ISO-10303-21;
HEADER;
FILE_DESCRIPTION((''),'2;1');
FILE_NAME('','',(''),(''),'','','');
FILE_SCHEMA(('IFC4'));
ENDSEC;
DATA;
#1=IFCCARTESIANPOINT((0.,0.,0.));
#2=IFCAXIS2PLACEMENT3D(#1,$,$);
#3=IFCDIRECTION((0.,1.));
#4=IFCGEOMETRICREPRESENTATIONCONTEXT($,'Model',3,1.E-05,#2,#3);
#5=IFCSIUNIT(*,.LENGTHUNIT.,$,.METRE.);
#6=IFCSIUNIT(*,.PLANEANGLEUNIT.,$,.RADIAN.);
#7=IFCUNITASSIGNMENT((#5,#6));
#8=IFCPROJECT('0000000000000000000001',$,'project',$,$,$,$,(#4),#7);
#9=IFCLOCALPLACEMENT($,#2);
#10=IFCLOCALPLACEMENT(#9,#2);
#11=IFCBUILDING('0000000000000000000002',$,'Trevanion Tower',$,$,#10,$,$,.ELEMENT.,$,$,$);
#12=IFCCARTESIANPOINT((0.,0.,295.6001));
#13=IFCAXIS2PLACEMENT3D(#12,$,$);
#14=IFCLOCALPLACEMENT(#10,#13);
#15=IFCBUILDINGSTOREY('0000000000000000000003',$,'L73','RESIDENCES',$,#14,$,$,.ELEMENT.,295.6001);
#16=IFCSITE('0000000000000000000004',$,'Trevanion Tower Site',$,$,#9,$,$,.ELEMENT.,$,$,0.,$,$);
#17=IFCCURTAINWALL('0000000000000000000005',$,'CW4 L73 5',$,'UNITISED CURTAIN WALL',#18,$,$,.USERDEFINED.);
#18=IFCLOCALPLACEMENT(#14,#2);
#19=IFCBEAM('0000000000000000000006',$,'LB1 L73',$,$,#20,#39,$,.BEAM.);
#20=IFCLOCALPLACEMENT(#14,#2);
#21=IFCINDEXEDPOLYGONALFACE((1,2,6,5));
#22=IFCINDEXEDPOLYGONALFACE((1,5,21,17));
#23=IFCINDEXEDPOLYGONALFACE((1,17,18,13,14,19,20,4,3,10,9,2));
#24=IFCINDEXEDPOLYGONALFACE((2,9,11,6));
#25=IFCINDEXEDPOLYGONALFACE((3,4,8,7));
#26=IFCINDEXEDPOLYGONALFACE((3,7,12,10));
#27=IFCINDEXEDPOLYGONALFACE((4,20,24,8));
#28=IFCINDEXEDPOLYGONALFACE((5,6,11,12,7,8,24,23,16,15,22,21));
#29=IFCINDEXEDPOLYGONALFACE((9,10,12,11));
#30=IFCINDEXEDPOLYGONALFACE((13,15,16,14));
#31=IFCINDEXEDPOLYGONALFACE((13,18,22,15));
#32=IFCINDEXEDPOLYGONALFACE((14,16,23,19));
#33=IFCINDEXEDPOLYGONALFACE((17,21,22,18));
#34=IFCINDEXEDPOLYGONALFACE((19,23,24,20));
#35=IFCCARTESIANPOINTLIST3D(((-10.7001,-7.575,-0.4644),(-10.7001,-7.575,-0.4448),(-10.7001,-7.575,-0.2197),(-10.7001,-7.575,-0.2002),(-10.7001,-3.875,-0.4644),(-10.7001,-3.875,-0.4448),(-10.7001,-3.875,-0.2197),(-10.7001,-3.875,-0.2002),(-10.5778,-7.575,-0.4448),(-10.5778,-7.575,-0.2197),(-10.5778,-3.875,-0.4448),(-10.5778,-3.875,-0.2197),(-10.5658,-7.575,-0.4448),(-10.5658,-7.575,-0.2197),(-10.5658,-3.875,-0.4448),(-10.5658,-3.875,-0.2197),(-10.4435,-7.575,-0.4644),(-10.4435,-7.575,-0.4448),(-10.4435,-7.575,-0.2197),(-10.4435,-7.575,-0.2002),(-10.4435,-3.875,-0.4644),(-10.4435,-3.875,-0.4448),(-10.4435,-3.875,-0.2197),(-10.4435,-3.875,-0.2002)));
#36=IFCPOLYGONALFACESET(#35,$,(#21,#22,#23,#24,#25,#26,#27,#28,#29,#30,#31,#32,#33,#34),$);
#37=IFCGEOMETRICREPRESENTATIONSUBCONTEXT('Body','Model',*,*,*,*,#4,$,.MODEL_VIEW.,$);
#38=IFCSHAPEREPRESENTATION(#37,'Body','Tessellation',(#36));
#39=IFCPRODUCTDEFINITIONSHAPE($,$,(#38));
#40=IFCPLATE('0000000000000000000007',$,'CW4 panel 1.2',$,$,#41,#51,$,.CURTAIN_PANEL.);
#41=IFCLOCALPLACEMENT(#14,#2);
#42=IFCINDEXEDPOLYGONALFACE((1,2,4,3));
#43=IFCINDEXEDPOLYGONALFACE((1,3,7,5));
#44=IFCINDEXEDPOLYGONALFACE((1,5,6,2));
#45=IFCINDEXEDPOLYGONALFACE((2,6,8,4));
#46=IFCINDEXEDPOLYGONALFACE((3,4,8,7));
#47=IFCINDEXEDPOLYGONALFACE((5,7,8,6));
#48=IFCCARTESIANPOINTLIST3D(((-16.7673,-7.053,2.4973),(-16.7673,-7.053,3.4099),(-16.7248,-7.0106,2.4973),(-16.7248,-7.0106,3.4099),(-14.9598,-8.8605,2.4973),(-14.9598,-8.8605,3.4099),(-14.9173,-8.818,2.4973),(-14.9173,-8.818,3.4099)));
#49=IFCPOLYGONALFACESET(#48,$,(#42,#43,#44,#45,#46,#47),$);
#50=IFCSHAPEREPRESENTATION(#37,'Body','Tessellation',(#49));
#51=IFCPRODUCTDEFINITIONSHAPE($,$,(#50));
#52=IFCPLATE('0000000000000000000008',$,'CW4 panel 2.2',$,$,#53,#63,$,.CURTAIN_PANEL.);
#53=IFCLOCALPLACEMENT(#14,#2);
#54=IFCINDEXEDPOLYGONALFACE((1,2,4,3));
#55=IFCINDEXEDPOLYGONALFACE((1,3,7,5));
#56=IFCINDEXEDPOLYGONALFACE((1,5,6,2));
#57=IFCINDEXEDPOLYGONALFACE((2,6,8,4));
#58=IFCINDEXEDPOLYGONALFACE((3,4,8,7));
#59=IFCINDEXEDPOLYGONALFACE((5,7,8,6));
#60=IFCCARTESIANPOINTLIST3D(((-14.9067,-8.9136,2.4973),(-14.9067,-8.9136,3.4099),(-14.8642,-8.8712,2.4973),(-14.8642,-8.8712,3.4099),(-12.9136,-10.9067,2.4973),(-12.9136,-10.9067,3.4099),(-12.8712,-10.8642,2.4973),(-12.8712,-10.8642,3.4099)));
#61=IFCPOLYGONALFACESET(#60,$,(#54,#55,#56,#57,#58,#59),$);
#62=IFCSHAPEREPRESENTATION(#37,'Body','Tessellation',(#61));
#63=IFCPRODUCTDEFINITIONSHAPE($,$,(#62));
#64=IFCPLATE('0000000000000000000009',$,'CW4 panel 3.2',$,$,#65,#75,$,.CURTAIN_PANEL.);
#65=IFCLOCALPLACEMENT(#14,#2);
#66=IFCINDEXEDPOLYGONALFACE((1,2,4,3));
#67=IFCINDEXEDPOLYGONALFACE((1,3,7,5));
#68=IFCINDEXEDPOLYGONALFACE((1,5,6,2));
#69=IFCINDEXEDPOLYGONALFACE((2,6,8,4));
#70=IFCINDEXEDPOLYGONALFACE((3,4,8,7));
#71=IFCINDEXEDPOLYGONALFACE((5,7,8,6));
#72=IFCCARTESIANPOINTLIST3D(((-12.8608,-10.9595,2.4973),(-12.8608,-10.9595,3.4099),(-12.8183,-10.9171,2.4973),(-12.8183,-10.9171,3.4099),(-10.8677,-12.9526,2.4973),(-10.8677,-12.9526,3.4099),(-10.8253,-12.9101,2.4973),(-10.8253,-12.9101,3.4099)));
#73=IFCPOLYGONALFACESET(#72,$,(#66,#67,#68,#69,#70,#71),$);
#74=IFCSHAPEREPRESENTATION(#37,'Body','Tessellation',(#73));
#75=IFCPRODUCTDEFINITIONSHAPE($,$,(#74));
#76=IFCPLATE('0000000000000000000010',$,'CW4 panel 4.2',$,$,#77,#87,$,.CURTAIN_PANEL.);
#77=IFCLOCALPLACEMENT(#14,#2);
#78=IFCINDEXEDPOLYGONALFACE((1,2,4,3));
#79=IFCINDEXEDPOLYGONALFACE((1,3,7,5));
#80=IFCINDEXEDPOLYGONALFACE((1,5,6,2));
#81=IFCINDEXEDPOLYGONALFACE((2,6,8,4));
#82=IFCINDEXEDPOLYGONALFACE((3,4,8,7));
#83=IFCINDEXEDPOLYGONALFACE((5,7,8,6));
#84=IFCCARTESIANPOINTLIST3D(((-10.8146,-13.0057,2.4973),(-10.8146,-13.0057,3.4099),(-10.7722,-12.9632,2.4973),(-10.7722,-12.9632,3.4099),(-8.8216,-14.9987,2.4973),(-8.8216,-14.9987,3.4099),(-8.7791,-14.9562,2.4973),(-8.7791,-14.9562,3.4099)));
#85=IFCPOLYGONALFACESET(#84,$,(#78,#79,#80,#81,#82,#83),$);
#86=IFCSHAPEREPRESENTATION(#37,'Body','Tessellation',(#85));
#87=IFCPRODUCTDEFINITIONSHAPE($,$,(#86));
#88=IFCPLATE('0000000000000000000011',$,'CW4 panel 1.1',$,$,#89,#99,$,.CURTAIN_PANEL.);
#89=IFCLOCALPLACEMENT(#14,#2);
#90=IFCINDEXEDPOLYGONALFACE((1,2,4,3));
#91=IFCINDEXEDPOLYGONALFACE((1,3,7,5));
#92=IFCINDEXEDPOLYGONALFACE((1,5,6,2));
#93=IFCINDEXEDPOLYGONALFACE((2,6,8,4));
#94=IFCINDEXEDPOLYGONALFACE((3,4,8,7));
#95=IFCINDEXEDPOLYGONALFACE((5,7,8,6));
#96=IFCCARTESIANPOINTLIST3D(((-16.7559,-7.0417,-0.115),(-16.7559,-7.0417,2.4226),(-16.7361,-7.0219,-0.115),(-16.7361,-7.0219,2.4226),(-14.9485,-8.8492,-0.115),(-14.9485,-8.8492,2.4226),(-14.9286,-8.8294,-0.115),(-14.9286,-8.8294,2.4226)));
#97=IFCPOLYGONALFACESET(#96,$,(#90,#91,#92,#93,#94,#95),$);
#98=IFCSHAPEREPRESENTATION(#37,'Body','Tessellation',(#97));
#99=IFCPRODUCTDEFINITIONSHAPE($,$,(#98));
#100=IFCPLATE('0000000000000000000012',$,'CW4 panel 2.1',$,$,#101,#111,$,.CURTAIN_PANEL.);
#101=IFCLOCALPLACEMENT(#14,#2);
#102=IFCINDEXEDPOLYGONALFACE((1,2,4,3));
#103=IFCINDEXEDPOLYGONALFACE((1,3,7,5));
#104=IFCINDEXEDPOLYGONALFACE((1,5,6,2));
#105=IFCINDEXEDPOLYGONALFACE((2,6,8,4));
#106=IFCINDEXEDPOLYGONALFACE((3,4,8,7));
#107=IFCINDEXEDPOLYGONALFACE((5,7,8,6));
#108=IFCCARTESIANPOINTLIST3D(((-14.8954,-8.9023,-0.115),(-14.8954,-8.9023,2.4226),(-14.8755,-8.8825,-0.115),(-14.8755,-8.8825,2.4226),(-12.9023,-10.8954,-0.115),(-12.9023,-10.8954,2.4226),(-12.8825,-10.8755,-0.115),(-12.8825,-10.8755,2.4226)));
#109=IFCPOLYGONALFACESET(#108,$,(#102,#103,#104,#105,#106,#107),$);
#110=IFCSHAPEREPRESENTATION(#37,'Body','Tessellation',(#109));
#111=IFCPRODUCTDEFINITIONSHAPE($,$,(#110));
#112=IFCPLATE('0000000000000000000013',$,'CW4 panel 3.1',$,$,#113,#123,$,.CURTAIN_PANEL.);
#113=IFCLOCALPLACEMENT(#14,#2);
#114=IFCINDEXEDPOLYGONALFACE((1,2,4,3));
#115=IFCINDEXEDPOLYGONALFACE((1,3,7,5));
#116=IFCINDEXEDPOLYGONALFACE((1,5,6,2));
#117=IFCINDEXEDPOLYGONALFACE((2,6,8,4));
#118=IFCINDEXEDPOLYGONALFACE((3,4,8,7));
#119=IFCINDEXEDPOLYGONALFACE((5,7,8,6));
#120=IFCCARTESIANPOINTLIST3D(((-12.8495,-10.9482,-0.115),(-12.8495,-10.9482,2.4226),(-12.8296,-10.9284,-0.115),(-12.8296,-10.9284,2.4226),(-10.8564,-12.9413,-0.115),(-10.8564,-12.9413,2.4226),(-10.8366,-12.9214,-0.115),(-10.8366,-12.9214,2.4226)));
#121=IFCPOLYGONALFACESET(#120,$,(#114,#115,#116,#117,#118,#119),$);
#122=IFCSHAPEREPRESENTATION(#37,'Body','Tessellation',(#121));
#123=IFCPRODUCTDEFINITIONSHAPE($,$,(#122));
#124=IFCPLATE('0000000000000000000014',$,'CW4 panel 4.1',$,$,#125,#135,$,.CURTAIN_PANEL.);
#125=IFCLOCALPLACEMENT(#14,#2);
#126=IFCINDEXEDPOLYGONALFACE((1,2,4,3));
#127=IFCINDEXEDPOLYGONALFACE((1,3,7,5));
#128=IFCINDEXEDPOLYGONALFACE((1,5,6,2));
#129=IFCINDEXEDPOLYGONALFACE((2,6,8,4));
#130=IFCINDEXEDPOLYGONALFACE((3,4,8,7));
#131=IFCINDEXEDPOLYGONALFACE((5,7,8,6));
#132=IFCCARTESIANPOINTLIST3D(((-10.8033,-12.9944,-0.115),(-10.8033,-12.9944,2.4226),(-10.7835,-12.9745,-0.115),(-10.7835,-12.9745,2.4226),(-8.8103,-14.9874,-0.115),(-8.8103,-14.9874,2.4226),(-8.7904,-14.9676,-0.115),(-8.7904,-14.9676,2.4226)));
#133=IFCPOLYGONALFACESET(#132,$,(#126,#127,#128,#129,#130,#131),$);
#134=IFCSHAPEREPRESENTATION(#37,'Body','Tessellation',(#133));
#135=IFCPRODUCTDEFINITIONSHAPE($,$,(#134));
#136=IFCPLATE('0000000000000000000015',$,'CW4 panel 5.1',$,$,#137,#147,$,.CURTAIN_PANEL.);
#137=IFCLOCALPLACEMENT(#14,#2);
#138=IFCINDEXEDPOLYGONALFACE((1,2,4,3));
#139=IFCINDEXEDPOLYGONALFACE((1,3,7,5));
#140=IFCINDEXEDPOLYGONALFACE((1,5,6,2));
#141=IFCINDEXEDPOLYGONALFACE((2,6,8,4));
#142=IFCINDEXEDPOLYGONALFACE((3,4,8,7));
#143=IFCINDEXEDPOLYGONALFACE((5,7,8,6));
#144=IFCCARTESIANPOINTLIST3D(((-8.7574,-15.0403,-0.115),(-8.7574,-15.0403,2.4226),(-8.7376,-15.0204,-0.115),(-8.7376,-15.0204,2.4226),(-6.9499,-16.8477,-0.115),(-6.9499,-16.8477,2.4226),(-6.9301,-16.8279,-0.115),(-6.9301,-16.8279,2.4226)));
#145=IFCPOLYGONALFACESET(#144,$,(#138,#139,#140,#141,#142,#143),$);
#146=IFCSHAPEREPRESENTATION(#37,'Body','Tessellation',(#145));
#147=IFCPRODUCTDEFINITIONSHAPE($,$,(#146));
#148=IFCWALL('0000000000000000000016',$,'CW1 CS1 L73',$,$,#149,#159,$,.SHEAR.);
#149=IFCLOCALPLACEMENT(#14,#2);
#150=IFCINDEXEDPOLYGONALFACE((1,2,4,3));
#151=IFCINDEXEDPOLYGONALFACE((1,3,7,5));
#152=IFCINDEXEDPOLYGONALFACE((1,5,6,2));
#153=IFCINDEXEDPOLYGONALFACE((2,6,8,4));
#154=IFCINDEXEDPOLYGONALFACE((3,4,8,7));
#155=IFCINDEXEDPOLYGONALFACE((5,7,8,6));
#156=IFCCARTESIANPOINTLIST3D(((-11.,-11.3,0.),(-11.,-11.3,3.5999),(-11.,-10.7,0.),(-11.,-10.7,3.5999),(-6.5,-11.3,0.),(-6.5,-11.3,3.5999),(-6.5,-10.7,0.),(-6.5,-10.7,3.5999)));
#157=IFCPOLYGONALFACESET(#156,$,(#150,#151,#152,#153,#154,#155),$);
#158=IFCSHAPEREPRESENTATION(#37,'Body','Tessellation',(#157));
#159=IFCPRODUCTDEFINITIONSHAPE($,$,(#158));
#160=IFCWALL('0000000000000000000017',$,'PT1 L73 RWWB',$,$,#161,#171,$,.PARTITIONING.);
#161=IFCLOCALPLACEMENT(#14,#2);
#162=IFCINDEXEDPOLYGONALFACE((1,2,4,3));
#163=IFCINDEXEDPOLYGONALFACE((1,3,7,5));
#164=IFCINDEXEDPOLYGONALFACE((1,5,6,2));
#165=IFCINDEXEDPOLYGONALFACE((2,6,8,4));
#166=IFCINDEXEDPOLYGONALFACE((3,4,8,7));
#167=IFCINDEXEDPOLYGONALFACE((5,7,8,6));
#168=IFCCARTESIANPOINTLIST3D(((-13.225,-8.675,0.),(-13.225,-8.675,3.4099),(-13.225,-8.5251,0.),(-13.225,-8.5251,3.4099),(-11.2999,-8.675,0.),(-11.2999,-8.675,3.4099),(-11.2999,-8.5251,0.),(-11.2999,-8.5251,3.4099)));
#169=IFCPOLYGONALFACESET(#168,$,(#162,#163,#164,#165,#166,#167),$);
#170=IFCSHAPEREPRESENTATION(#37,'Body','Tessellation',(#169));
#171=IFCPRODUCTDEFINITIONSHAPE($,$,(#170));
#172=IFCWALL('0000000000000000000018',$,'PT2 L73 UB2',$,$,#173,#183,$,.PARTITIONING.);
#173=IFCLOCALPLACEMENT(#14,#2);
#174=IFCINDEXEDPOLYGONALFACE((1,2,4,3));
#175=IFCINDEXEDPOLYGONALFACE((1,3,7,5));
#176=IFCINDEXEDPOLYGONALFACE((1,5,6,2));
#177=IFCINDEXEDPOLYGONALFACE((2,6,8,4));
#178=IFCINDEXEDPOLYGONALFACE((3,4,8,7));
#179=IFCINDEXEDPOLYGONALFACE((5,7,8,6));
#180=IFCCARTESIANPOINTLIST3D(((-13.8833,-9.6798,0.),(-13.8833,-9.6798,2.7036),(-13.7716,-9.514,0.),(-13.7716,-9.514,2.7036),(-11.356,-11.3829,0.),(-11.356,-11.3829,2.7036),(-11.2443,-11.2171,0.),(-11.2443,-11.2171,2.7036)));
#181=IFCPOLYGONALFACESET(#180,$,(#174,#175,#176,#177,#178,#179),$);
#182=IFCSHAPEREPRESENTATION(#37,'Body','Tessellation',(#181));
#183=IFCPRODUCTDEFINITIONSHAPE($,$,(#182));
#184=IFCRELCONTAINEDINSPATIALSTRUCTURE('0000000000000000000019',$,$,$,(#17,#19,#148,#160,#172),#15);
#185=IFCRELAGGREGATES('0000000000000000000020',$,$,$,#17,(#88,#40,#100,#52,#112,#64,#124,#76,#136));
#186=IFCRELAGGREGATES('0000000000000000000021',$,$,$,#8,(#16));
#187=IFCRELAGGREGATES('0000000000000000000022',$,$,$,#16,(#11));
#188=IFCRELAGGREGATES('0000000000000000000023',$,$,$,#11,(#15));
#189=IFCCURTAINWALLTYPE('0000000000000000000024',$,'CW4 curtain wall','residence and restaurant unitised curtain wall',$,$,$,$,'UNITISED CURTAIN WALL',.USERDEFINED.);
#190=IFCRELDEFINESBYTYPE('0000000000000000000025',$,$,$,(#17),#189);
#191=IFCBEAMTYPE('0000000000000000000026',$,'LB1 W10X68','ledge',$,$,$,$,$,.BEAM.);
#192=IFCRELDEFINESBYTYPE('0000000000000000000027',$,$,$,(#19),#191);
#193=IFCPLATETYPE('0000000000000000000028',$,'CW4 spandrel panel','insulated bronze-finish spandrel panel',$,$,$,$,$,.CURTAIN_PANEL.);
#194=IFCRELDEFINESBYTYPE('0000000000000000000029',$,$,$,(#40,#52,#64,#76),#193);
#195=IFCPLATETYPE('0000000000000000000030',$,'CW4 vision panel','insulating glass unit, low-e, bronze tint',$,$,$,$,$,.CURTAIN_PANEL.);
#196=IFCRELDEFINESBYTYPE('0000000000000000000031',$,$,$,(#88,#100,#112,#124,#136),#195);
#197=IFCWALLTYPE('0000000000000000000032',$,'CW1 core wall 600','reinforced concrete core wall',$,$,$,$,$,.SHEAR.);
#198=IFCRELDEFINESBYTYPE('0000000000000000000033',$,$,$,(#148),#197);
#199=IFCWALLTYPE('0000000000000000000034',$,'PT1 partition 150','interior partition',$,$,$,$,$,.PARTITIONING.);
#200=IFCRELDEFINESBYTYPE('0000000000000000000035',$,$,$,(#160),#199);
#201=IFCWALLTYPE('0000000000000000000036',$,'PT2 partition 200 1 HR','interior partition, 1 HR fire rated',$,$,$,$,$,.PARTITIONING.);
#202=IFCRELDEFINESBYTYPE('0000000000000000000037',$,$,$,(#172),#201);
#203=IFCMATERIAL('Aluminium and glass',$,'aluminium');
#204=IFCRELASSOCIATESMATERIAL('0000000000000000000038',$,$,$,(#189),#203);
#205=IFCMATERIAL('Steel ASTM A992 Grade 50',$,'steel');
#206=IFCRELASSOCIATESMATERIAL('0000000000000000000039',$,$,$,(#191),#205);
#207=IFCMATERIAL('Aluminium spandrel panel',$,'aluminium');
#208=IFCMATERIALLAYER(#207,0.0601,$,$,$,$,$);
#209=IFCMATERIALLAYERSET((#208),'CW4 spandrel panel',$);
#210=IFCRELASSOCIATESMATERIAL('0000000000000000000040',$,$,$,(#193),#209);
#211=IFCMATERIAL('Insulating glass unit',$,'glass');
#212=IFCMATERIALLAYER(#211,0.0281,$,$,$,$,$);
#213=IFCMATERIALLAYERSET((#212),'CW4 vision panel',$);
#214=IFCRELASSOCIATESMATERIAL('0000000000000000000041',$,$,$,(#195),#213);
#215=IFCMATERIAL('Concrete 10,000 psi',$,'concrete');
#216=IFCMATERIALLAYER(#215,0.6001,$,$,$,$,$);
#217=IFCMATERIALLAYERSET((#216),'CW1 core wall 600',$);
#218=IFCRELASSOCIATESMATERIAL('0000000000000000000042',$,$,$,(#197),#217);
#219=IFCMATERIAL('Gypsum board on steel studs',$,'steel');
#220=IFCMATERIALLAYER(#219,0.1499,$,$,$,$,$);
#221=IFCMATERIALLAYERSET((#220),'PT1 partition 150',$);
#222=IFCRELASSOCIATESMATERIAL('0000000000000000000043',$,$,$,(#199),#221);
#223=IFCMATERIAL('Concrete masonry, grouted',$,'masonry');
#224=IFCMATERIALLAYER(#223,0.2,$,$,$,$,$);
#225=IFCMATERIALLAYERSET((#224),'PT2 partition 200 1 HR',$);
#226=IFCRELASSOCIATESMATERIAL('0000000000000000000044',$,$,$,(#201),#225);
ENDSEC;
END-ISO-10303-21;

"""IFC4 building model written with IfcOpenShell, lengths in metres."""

from ifc_helpers import new_model, si_unit, direction, frame, frame_2d, origin, origin_2d, place, context, subcontext, project, spatial, rectangle, i_section, extrude, material, layer, layer_set, material_profile, profile_set, type_object, element, aggregate, save


model = new_model("IFC4")

# Units and contexts
model_context = context("Model", 3, precision=1e-05, world=origin(), true_north=direction((0.0, 1.0)))
body_context = subcontext(model_context, "Body", "Model", "MODEL_VIEW")
ifc_project = project(units=[si_unit("LENGTHUNIT", "METRE"), si_unit("PLANEANGLEUNIT", "RADIAN")], contexts=[model_context])

# Site, building, storey
site_placement = place(None, origin())
site = spatial("IfcSite", under=ifc_project, at=site_placement, Name="Trevanion Tower Site", CompositionType="ELEMENT", RefElevation=0.0)
building_placement = place(site_placement, origin())
building = spatial("IfcBuilding", under=site, at=building_placement, Name="Trevanion Tower", CompositionType="ELEMENT")
storey_placement = place(building_placement, frame((0.0, 0.0, 295.6001)))
storey = spatial("IfcBuildingStorey", under=building, at=storey_placement, Name="L73", Description="RESIDENCES", CompositionType="ELEMENT", Elevation=295.6001)

# Curtain wall
ifc_material_1 = material(Name="Aluminium and glass", Category="aluminium")
curtain_wall_type = type_object("IfcCurtainWallType", Name="CW4 curtain wall", Description="residence and restaurant unitised curtain wall", ElementType="UNITISED CURTAIN WALL", PredefinedType="USERDEFINED", material=ifc_material_1)
curtain_wall_placement = place(storey_placement, origin())
curtain_wall = element("IfcCurtainWall", 1, at=curtain_wall_placement, inside=storey, type_object=curtain_wall_type, Name="CW4 L73 5", ObjectType="UNITISED CURTAIN WALL", PredefinedType="USERDEFINED")

# Beam
ifc_material_2 = material(Name="Steel ASTM A992 Grade 50", Category="steel")
ifc_material_profile_1 = material_profile(ifc_material_2, i_section(OverallWidth=0.2566, OverallDepth=0.2642, WebThickness=0.012, FlangeThickness=0.0195, at=origin_2d()), Name="W10X68")
ifc_profile_set_1 = profile_set([ifc_material_profile_1], Name="Steel ASTM A992 Grade 50")
beam_type = type_object("IfcBeamType", Name="LB1 W10X68", Description="ledge", PredefinedType="BEAM", material=ifc_profile_set_1)
beam_placement = place(storey_placement, frame((-10.5718, -7.575, -0.3323), z_axis=(0.0, 1.0, 0.0), x_axis=(-1.0, 0.0, 0.0)))
element("IfcBeam", 2, at=beam_placement, inside=storey, type_object=beam_type, Name="LB1 L73", PredefinedType="BEAM", context=body_context, shape_type="SweptSolid", body=[
    extrude(i_section(OverallWidth=0.2566, OverallDepth=0.2642, WebThickness=0.012, FlangeThickness=0.0195, at=origin_2d()), origin(), (0.0, 0.0, 1.0), 3.7),
])

# Plates
ifc_material_3 = material(Name="Aluminium spandrel panel", Category="aluminium")
ifc_layer_1 = layer(ifc_material_3, 0.0601)
ifc_layer_set_1 = layer_set([ifc_layer_1], Name="CW4 spandrel panel")
plate_type_1 = type_object("IfcPlateType", Name="CW4 spandrel panel", Description="insulated bronze-finish spandrel panel", PredefinedType="CURTAIN_PANEL", material=ifc_layer_set_1)
plate_1_placement = place(storey_placement, frame((-15.8423, -7.9355, 2.4973), z_axis=(0.0, 0.0, 1.0), x_axis=(0.707107, -0.707107, 0.0)))
plate_1 = element("IfcPlate", 3, at=plate_1_placement, type_object=plate_type_1, Name="CW4 panel 1.2", PredefinedType="CURTAIN_PANEL", context=body_context, shape_type="SweptSolid", body=[
    extrude(rectangle(XDim=2.5562, YDim=0.0601, at=origin_2d()), origin(), (0.0, 0.0, 1.0), 0.9126),
])
plate_2_placement = place(storey_placement, frame((-13.8889, -9.8889, 2.4973), z_axis=(0.0, 0.0, 1.0), x_axis=(0.707107, -0.707107, 0.0)))
plate_2 = element("IfcPlate", 4, at=plate_2_placement, type_object=plate_type_1, Name="CW4 panel 2.2", PredefinedType="CURTAIN_PANEL", context=body_context, shape_type="SweptSolid", body=[
    extrude(rectangle(XDim=2.8186, YDim=0.0601, at=origin_2d()), origin(), (0.0, 0.0, 1.0), 0.9126),
])
plate_3_placement = place(storey_placement, frame((-11.843, -11.9348, 2.4973), z_axis=(0.0, 0.0, 1.0), x_axis=(0.707107, -0.707107, 0.0)))
plate_3 = element("IfcPlate", 5, at=plate_3_placement, type_object=plate_type_1, Name="CW4 panel 3.2", PredefinedType="CURTAIN_PANEL", context=body_context, shape_type="SweptSolid", body=[
    extrude(rectangle(XDim=2.8186, YDim=0.0601, at=origin_2d()), origin(), (0.0, 0.0, 1.0), 0.9126),
])
plate_4_placement = place(storey_placement, frame((-9.7969, -13.981, 2.4973), z_axis=(0.0, 0.0, 1.0), x_axis=(0.707107, -0.707107, 0.0)))
plate_4 = element("IfcPlate", 6, at=plate_4_placement, type_object=plate_type_1, Name="CW4 panel 4.2", PredefinedType="CURTAIN_PANEL", context=body_context, shape_type="SweptSolid", body=[
    extrude(rectangle(XDim=2.8186, YDim=0.0601, at=origin_2d()), origin(), (0.0, 0.0, 1.0), 0.9126),
])
ifc_material_4 = material(Name="Insulating glass unit", Category="glass")
ifc_layer_2 = layer(ifc_material_4, 0.0281)
ifc_layer_set_2 = layer_set([ifc_layer_2], Name="CW4 vision panel")
plate_type_2 = type_object("IfcPlateType", Name="CW4 vision panel", Description="insulating glass unit, low-e, bronze tint", PredefinedType="CURTAIN_PANEL", material=ifc_layer_set_2)
plate_5_placement = place(storey_placement, frame((-15.8423, -7.9355, -0.115), z_axis=(0.0, 0.0, 1.0), x_axis=(0.707107, -0.707107, 0.0)))
plate_5 = element("IfcPlate", 7, at=plate_5_placement, type_object=plate_type_2, Name="CW4 panel 1.1", PredefinedType="CURTAIN_PANEL", context=body_context, shape_type="SweptSolid", body=[
    extrude(rectangle(XDim=2.5562, YDim=0.0281, at=origin_2d()), origin(), (0.0, 0.0, 1.0), 2.5376),
])
plate_6_placement = place(storey_placement, frame((-13.8889, -9.8889, -0.115), z_axis=(0.0, 0.0, 1.0), x_axis=(0.707107, -0.707107, 0.0)))
plate_6 = element("IfcPlate", 8, at=plate_6_placement, type_object=plate_type_2, Name="CW4 panel 2.1", PredefinedType="CURTAIN_PANEL", context=body_context, shape_type="SweptSolid", body=[
    extrude(rectangle(XDim=2.8186, YDim=0.0281, at=origin_2d()), origin(), (0.0, 0.0, 1.0), 2.5376),
])
plate_7_placement = place(storey_placement, frame((-11.843, -11.9348, -0.115), z_axis=(0.0, 0.0, 1.0), x_axis=(0.707107, -0.707107, 0.0)))
plate_7 = element("IfcPlate", 9, at=plate_7_placement, type_object=plate_type_2, Name="CW4 panel 3.1", PredefinedType="CURTAIN_PANEL", context=body_context, shape_type="SweptSolid", body=[
    extrude(rectangle(XDim=2.8186, YDim=0.0281, at=origin_2d()), origin(), (0.0, 0.0, 1.0), 2.5376),
])
plate_8_placement = place(storey_placement, frame((-9.7969, -13.981, -0.115), z_axis=(0.0, 0.0, 1.0), x_axis=(0.707107, -0.707107, 0.0)))
plate_8 = element("IfcPlate", 10, at=plate_8_placement, type_object=plate_type_2, Name="CW4 panel 4.1", PredefinedType="CURTAIN_PANEL", context=body_context, shape_type="SweptSolid", body=[
    extrude(rectangle(XDim=2.8186, YDim=0.0281, at=origin_2d()), origin(), (0.0, 0.0, 1.0), 2.5376),
])
plate_9_placement = place(storey_placement, frame((-7.8438, -15.9341, -0.115), z_axis=(0.0, 0.0, 1.0), x_axis=(0.707107, -0.707107, 0.0)))
plate_9 = element("IfcPlate", 11, at=plate_9_placement, type_object=plate_type_2, Name="CW4 panel 5.1", PredefinedType="CURTAIN_PANEL", context=body_context, shape_type="SweptSolid", body=[
    extrude(rectangle(XDim=2.5562, YDim=0.0281, at=origin_2d()), origin(), (0.0, 0.0, 1.0), 2.5376),
])
aggregate(curtain_wall, [plate_5, plate_1, plate_6, plate_2, plate_7, plate_3, plate_8, plate_4, plate_9])

# Walls
ifc_material_5 = material(Name="Concrete 10,000 psi", Category="concrete")
ifc_layer_3 = layer(ifc_material_5, 0.6001)
ifc_layer_set_3 = layer_set([ifc_layer_3], Name="CW1 core wall 600")
wall_type_1 = type_object("IfcWallType", Name="CW1 core wall 600", Description="reinforced concrete core wall", PredefinedType="SHEAR", material=ifc_layer_set_3)
wall_1_placement = place(storey_placement, frame((-11.0, -11.0, 0.0), z_axis=(0.0, 0.0, 1.0), x_axis=(1.0, 0.0, 0.0)))
element("IfcWall", 12, at=wall_1_placement, inside=storey, type_object=wall_type_1, Name="CW1 CS1 L73", PredefinedType="SHEAR", context=body_context, shape_type="SweptSolid", body=[
    extrude(rectangle(XDim=4.5, YDim=0.6001, at=frame_2d((2.25, 0.0))), origin(), (0.0, 0.0, 1.0), 3.5999),
])
ifc_material_6 = material(Name="Gypsum board on steel studs", Category="steel")
ifc_layer_4 = layer(ifc_material_6, 0.1499)
ifc_layer_set_4 = layer_set([ifc_layer_4], Name="PT1 partition 150")
wall_type_2 = type_object("IfcWallType", Name="PT1 partition 150", Description="interior partition", PredefinedType="PARTITIONING", material=ifc_layer_set_4)
wall_2_placement = place(storey_placement, frame((-11.3, -8.6001, 0.0), z_axis=(0.0, 0.0, 1.0), x_axis=(-1.0, 0.0, 0.0)))
element("IfcWall", 13, at=wall_2_placement, inside=storey, type_object=wall_type_2, Name="PT1 L73 RWWB", PredefinedType="PARTITIONING", context=body_context, shape_type="SweptSolid", body=[
    extrude(rectangle(XDim=1.925, YDim=0.1499, at=frame_2d((0.9624, 0.0))), origin(), (0.0, 0.0, 1.0), 3.4099),
])
ifc_material_7 = material(Name="Concrete masonry, grouted", Category="masonry")
ifc_layer_5 = layer(ifc_material_7, 0.2)
ifc_layer_set_5 = layer_set([ifc_layer_5], Name="PT2 partition 200 1 HR")
wall_type_3 = type_object("IfcWallType", Name="PT2 partition 200 1 HR", Description="interior partition, 1 HR fire rated", PredefinedType="PARTITIONING", material=ifc_layer_set_5)
wall_3_placement = place(storey_placement, frame((-11.3, -11.3, 0.0), z_axis=(0.0, 0.0, 1.0), x_axis=(-0.829279, 0.558834, 0.0)))
element("IfcWall", 14, at=wall_3_placement, inside=storey, type_object=wall_type_3, Name="PT2 L73 UB2", PredefinedType="PARTITIONING", context=body_context, shape_type="SweptSolid", body=[
    extrude(rectangle(XDim=3.0476, YDim=0.2, at=frame_2d((1.5239, 0.0))), origin(), (0.0, 0.0, 1.0), 2.7036),
])

save(model, "model.ifc")
